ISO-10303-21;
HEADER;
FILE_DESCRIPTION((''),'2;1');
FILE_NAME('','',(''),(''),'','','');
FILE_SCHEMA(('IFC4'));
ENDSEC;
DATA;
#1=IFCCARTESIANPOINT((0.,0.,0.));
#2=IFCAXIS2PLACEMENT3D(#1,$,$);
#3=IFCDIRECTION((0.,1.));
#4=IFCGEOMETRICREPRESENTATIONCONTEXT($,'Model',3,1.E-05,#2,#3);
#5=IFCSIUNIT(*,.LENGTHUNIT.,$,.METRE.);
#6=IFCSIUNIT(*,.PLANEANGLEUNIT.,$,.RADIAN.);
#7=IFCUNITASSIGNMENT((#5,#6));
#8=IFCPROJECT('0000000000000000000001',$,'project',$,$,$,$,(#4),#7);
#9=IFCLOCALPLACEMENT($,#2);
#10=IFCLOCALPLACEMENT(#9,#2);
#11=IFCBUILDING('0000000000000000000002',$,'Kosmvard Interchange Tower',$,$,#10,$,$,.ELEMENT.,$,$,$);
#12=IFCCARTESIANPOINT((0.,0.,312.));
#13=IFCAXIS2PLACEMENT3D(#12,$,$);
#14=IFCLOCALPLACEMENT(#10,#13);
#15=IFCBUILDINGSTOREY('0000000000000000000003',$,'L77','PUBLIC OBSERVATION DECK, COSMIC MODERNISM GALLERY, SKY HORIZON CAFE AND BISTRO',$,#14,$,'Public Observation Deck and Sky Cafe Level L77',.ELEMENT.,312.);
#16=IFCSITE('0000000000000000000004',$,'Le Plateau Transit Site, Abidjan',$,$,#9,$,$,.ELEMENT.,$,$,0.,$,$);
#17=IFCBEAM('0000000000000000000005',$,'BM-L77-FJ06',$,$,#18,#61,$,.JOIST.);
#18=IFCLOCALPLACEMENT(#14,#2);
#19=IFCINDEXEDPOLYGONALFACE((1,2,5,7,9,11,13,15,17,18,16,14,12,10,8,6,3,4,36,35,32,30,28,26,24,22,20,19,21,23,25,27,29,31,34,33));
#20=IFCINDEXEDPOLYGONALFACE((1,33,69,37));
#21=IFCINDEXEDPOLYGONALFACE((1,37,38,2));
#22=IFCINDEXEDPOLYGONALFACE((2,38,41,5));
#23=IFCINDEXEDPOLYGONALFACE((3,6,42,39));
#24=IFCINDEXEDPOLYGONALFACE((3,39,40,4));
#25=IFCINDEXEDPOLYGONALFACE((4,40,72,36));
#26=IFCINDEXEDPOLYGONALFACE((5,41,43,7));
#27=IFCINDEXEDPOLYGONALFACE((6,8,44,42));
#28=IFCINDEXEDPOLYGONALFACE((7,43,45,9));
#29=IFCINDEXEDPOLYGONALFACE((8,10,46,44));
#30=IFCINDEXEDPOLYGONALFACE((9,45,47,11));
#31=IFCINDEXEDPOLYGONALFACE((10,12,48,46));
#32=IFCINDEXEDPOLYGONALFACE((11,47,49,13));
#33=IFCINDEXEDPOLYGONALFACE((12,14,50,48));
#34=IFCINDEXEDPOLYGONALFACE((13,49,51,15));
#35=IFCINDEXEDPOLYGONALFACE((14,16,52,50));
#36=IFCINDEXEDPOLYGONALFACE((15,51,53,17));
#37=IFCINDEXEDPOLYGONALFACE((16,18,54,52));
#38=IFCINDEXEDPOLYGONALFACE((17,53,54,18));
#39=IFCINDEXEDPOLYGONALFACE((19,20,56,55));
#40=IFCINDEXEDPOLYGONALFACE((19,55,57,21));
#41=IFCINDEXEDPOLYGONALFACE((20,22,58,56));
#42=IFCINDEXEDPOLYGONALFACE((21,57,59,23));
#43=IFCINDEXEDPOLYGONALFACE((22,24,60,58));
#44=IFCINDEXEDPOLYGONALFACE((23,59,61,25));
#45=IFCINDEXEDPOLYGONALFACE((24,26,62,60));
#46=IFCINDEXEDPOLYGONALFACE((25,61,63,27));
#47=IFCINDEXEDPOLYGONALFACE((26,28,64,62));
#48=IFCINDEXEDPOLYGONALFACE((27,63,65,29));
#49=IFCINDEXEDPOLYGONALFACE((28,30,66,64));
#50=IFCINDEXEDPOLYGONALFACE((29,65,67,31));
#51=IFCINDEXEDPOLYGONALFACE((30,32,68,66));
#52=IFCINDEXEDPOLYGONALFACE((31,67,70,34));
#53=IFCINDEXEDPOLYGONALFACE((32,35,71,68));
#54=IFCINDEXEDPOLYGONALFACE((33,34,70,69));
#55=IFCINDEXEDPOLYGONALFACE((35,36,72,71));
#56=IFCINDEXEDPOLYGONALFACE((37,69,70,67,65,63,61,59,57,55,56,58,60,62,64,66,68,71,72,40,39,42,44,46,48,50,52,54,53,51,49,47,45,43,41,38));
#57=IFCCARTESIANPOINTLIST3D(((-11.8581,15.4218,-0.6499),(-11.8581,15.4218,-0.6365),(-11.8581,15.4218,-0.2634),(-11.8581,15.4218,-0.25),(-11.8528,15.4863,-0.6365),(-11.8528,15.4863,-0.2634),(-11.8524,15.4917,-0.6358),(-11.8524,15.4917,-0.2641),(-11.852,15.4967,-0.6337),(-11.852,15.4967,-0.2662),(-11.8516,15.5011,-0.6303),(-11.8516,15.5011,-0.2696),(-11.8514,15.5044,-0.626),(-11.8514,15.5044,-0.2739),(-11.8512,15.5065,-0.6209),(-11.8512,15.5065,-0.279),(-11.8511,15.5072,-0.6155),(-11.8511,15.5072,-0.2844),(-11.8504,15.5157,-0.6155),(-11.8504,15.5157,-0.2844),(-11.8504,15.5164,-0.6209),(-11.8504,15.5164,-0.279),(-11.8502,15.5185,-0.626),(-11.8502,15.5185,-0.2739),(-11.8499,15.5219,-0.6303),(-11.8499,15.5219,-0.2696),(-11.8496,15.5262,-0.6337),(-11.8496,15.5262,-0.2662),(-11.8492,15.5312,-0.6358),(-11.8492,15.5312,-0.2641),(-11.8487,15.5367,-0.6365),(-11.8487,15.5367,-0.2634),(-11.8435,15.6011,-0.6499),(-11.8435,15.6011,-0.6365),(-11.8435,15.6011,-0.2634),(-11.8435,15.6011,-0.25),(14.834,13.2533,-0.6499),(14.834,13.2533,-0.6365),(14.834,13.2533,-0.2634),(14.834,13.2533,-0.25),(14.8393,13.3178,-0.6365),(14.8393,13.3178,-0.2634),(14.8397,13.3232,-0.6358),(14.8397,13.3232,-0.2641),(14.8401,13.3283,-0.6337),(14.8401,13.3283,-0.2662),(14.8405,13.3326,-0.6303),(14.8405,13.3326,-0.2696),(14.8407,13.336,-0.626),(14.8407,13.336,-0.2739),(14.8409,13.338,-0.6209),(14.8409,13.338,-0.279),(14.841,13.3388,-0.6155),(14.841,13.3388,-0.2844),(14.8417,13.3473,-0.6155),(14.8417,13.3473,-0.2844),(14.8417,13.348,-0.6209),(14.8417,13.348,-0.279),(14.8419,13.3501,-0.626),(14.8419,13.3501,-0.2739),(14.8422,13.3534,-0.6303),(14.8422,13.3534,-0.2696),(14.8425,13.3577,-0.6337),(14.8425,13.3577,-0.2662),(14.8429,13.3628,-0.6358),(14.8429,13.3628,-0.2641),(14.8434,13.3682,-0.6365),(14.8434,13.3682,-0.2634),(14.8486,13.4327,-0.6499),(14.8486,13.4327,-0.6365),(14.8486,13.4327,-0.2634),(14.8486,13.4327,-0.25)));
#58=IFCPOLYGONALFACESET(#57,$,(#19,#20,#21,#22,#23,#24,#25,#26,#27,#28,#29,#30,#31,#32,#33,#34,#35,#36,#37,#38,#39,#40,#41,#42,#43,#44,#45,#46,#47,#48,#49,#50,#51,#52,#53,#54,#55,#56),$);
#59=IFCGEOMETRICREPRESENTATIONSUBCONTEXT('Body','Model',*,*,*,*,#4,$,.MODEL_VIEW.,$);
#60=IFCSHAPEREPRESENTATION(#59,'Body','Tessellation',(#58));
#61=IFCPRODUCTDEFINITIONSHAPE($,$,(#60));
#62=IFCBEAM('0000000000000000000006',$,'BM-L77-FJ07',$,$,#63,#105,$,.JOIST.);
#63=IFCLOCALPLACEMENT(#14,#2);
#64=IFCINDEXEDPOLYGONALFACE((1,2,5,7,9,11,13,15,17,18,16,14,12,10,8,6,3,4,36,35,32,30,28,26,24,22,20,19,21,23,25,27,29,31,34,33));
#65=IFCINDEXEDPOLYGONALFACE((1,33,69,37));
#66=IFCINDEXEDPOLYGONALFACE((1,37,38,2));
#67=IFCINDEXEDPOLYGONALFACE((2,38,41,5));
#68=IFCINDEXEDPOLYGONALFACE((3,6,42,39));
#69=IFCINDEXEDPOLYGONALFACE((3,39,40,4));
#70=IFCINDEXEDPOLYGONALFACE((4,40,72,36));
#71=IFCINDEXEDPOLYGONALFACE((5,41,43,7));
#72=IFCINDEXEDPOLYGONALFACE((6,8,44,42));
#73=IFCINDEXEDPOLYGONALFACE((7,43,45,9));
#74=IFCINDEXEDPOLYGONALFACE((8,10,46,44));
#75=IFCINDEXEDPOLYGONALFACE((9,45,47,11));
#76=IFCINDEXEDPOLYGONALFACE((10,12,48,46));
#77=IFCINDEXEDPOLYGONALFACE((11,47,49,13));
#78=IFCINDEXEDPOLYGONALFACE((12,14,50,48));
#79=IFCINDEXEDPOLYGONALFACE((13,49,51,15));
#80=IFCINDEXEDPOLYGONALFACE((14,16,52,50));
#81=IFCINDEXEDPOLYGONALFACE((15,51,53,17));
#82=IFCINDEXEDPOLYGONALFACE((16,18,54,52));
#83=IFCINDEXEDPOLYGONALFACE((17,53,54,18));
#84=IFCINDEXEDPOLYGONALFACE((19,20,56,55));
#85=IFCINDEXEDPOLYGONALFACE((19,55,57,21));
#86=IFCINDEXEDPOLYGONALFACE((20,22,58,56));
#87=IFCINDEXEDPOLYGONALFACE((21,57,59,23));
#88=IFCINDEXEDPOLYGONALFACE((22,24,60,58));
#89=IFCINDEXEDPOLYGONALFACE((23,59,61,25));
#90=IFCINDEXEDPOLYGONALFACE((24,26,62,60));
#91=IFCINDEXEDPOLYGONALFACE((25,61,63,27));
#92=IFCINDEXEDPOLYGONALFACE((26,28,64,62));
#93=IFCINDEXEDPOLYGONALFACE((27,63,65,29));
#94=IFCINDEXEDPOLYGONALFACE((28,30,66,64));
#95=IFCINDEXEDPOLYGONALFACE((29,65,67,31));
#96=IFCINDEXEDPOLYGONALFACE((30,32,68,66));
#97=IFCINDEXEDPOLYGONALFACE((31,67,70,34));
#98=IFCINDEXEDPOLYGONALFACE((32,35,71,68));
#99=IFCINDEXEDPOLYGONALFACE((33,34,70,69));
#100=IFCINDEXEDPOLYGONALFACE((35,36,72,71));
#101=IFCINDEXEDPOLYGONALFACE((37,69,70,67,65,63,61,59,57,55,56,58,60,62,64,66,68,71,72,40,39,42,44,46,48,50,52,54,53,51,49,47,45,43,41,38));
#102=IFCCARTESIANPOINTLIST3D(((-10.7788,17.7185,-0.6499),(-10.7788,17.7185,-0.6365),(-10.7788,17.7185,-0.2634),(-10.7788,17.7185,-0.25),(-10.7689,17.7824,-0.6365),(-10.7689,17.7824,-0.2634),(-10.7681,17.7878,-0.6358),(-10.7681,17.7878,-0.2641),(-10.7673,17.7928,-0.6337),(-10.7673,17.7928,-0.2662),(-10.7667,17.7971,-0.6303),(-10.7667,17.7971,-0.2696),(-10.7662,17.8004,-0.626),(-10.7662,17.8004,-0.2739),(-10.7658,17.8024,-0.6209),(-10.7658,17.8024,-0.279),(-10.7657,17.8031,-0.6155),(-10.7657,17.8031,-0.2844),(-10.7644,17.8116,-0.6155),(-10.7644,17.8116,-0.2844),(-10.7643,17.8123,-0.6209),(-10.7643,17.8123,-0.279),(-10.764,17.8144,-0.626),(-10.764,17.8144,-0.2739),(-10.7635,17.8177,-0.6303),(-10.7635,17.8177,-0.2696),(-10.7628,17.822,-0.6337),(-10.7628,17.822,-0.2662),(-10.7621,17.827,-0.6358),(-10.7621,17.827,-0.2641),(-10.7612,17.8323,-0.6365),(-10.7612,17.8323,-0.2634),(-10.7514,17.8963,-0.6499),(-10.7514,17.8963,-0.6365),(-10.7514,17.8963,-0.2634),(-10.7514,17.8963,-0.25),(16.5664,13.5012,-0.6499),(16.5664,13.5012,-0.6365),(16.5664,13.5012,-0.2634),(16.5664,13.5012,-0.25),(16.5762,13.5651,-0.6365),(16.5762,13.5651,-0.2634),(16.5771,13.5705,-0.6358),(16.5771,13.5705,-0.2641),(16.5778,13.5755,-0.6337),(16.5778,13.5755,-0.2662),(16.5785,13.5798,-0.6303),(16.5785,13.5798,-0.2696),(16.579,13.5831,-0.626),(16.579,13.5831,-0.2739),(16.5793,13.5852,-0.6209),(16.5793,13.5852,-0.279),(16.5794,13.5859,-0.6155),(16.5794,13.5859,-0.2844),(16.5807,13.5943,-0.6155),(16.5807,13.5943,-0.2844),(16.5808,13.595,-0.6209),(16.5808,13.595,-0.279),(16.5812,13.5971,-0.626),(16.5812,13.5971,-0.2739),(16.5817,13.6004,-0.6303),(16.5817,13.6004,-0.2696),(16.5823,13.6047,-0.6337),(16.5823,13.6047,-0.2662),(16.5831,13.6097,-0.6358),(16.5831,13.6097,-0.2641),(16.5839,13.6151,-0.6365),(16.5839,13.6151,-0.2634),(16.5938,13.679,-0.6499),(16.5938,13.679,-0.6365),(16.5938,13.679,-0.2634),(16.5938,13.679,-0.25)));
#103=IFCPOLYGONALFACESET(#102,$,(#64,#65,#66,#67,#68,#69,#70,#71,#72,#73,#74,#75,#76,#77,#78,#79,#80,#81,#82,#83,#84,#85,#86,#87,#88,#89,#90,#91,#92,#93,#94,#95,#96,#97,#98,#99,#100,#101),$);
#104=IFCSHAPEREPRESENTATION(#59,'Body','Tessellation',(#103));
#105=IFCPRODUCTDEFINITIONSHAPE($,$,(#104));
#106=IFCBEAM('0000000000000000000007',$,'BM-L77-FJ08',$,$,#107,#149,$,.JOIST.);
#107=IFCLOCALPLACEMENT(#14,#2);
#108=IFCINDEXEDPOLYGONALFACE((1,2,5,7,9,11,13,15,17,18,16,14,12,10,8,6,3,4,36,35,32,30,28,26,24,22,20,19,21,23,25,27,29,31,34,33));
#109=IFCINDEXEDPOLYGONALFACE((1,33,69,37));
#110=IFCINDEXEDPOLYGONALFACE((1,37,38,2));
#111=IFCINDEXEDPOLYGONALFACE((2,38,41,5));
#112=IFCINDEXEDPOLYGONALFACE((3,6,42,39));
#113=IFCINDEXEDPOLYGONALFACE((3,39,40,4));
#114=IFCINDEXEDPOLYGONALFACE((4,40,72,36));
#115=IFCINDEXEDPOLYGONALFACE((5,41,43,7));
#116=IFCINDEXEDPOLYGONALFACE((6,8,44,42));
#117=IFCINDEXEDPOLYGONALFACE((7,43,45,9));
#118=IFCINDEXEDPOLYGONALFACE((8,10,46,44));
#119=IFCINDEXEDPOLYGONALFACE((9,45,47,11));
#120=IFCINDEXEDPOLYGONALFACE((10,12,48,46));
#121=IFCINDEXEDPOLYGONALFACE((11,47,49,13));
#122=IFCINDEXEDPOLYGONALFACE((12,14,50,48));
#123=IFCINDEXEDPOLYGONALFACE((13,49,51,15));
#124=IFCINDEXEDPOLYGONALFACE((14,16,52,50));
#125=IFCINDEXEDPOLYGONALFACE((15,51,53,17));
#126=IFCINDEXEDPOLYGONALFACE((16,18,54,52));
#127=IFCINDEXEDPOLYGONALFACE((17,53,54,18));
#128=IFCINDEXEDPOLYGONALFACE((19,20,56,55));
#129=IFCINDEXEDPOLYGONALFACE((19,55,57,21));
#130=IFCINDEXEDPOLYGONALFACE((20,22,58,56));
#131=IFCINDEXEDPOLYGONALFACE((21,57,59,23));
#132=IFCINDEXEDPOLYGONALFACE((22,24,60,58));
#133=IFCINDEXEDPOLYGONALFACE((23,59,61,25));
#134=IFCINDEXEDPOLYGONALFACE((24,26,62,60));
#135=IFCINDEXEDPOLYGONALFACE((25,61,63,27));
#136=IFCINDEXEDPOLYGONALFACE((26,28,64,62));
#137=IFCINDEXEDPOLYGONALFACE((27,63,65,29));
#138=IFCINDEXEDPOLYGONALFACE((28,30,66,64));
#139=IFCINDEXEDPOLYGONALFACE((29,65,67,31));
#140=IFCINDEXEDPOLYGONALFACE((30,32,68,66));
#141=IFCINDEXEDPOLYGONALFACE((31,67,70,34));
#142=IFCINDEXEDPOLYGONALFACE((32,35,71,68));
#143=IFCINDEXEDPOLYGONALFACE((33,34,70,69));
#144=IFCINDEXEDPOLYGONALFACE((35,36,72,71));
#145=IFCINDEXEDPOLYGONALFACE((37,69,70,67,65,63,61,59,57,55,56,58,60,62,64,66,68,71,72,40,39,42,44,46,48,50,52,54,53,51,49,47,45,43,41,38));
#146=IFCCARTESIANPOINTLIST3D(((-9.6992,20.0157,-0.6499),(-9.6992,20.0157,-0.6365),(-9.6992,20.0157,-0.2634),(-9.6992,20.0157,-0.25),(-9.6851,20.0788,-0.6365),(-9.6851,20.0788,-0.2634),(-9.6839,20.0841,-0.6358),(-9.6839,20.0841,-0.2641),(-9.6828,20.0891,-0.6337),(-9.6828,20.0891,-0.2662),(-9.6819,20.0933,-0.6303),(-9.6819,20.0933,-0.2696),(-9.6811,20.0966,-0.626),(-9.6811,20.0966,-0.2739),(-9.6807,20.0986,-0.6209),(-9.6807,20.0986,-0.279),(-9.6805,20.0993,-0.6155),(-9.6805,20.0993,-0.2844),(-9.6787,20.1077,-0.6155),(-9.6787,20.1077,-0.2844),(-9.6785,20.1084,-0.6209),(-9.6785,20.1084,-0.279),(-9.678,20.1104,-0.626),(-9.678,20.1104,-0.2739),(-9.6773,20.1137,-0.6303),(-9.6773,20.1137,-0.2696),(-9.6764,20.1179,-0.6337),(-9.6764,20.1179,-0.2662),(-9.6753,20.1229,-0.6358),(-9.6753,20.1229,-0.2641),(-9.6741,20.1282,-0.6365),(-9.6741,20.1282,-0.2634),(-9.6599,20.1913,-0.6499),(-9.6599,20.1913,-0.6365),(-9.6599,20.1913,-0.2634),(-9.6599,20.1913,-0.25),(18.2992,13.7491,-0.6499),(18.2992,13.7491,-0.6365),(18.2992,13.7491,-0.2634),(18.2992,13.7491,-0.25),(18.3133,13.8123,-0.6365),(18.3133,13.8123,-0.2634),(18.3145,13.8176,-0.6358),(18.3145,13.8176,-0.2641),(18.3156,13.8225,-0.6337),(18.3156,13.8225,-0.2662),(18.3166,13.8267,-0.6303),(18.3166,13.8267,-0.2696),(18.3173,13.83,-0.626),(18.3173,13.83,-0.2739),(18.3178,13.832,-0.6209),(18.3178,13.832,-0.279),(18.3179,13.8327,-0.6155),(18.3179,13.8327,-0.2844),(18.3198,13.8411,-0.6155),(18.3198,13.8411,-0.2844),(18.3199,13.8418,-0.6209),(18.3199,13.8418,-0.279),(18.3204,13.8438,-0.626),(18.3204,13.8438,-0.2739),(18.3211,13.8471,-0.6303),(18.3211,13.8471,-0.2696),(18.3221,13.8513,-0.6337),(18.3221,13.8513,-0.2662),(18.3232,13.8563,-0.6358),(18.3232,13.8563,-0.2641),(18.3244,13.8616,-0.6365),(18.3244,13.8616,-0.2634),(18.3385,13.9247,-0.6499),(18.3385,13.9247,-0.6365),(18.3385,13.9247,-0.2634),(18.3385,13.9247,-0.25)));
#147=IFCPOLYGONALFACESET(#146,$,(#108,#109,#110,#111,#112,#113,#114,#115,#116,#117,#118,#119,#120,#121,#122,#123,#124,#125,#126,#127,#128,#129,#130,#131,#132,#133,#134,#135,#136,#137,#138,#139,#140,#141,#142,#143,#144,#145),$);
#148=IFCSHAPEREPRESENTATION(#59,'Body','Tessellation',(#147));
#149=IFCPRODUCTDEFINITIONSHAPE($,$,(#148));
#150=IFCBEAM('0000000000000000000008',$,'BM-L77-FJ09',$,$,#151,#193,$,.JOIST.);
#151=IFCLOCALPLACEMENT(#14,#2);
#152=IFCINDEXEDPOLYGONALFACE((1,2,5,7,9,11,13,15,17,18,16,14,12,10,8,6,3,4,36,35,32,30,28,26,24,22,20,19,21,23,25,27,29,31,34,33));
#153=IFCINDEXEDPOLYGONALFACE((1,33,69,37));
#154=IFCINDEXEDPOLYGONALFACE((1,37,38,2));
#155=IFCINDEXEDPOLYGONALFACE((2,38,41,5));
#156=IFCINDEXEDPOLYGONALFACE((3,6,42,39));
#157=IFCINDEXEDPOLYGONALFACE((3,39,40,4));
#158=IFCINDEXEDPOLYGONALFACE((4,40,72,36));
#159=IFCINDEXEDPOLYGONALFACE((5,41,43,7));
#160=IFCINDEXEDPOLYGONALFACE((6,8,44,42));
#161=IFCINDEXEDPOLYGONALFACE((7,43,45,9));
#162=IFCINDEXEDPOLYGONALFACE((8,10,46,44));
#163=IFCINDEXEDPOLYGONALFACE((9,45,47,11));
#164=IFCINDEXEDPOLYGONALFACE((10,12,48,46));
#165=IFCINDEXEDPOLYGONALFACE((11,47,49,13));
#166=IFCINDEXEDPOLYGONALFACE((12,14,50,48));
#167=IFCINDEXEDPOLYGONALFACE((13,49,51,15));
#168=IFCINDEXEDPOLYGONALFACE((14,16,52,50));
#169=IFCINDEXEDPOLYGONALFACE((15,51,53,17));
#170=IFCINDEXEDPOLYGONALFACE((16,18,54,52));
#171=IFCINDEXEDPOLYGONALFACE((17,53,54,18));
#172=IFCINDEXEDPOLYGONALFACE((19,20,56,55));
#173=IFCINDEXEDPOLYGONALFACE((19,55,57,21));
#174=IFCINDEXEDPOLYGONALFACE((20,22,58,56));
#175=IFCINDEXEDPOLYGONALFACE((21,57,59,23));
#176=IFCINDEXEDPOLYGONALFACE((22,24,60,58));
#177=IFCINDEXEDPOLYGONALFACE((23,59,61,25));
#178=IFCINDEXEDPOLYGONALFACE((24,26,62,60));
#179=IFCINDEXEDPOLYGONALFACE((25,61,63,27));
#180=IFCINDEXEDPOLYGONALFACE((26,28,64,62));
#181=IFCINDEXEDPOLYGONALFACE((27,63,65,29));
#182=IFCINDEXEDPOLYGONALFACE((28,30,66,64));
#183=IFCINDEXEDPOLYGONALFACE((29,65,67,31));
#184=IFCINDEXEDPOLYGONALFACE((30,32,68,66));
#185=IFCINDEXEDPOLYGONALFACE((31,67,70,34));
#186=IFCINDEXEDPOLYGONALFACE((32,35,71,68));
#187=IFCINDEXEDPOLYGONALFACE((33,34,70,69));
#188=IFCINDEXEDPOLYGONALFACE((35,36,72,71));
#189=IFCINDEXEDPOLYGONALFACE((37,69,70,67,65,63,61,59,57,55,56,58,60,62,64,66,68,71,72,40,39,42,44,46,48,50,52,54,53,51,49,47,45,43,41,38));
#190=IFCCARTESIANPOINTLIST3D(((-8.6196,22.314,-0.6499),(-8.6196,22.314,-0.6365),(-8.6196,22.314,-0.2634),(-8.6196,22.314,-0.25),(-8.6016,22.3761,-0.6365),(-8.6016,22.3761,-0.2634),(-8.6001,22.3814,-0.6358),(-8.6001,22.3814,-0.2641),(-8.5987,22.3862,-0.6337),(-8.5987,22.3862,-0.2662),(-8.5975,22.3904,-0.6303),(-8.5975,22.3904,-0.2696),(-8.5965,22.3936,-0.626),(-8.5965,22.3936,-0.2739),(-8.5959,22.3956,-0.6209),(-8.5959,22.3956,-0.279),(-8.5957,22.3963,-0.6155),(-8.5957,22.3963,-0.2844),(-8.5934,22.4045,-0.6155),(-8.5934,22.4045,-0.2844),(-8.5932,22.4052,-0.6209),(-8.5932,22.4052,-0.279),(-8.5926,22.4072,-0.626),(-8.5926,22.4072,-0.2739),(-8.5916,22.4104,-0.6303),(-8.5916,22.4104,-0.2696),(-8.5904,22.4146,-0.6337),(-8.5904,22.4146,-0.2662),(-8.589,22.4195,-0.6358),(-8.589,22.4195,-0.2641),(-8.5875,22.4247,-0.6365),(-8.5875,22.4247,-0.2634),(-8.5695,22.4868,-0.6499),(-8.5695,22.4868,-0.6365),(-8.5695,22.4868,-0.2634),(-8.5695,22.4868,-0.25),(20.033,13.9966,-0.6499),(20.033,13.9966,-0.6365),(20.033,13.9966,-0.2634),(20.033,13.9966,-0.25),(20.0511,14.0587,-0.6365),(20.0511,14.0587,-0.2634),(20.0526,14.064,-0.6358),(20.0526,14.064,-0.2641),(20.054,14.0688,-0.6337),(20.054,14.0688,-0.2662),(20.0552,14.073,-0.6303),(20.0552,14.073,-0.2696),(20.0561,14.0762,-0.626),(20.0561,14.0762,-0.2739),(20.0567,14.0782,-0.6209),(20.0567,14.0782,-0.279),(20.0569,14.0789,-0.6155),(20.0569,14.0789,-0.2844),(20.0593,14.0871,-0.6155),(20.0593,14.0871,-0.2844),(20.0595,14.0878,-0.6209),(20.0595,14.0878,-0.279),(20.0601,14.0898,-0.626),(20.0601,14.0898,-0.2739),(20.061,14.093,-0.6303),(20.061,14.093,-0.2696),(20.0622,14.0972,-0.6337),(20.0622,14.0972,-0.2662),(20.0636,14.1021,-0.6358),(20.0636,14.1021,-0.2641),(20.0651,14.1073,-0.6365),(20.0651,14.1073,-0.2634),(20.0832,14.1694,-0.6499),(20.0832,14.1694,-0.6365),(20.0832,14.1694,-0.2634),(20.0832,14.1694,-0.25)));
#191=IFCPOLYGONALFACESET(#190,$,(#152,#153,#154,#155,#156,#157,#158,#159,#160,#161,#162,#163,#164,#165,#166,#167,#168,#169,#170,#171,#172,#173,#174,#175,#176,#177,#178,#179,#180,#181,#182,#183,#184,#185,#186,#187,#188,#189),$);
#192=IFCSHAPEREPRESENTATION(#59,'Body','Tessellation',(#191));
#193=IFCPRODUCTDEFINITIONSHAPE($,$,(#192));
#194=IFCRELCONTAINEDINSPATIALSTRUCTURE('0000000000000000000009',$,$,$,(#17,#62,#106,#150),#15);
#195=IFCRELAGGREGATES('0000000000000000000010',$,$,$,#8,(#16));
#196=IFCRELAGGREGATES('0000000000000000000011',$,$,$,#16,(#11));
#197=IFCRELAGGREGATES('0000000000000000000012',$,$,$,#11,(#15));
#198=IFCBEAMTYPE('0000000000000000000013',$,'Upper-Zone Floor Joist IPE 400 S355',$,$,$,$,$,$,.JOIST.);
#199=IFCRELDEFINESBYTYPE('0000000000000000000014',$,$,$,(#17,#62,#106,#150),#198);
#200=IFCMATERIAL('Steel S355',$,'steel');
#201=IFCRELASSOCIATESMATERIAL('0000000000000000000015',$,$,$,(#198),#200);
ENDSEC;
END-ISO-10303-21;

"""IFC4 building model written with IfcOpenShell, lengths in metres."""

from ifc_helpers import new_model, si_unit, direction, frame, origin, origin_2d, place, context, subcontext, project, spatial, i_section, extrude, source, transform, mapped, material, material_profile, profile_set, type_object, element, save


model = new_model("IFC4")

# Units and contexts
model_context = context("Model", 3, precision=1e-05, world=origin(), true_north=direction((0.0, 1.0)))
body_context = subcontext(model_context, "Body", "Model", "MODEL_VIEW")
ifc_project = project(units=[si_unit("LENGTHUNIT", "METRE"), si_unit("PLANEANGLEUNIT", "RADIAN")], contexts=[model_context])

# Site, building, storey
site_placement = place(None, origin())
site = spatial("IfcSite", under=ifc_project, at=site_placement, Name="Le Plateau Transit Site, Abidjan", CompositionType="ELEMENT", RefElevation=0.0)
building_placement = place(site_placement, origin())
building = spatial("IfcBuilding", under=site, at=building_placement, Name="Kosmvard Interchange Tower", CompositionType="ELEMENT")
storey_placement = place(building_placement, frame((0.0, 0.0, 312.0)))
storey = spatial("IfcBuildingStorey", under=building, at=storey_placement, Name="L77", Description="PUBLIC OBSERVATION DECK, COSMIC MODERNISM GALLERY, SKY HORIZON CAFE AND BISTRO", LongName="Public Observation Deck and Sky Cafe Level L77", CompositionType="ELEMENT", Elevation=312.0)

# Beams
ifc_material_1 = material(Name="Steel S355", Category="steel")
ifc_material_profile_1 = material_profile(ifc_material_1, i_section(OverallWidth=0.1799, OverallDepth=0.3999, WebThickness=0.0085, FlangeThickness=0.0134, FilletRadius=0.021, at=origin_2d()), Name="IPE 400")
ifc_profile_set_1 = profile_set([ifc_material_profile_1], Name="Steel S355")
beam_type_1 = type_object("IfcBeamType", Name="Upper-Zone Floor Joist IPE 400 S355", PredefinedType="JOIST", material=ifc_profile_set_1)
shared_shape_1 = source(origin(), body_context, "Body", "SweptSolid", [
    extrude(i_section(OverallWidth=0.1799, OverallDepth=0.3999, WebThickness=0.0085, FlangeThickness=0.0134, FilletRadius=0.021, at=origin_2d()), origin(), (0.0, 0.0, 1.0), 26.78),
])
beam_1_placement = place(storey_placement, frame((14.8413, 13.343, -0.45), z_axis=(-0.996716, 0.080973, 0.0), x_axis=(-0.080973, -0.996716, 0.0)))
element("IfcBeam", 1, at=beam_1_placement, inside=storey, type_object=beam_type_1, Name="BM-L77-FJ06", PredefinedType="JOIST", context=body_context, shape_type="MappedRepresentation", body=[
    mapped(shared_shape_1, transform((0.0, 0.0, 0.0), scale=1.0)),
])
shared_shape_2 = source(origin(), body_context, "Body", "SweptSolid", [
    extrude(i_section(OverallWidth=0.1799, OverallDepth=0.3999, WebThickness=0.0085, FlangeThickness=0.0134, FilletRadius=0.021, at=origin_2d()), origin(), (0.0, 0.0, 1.0), 27.6685),
])
beam_2_placement = place(storey_placement, frame((16.5801, 13.5901, -0.45), z_axis=(-0.988316, 0.152422, 0.0), x_axis=(-0.152422, -0.988316, 0.0)))
element("IfcBeam", 2, at=beam_2_placement, inside=storey, type_object=beam_type_1, Name="BM-L77-FJ07", PredefinedType="JOIST", context=body_context, shape_type="MappedRepresentation", body=[
    mapped(shared_shape_2, transform((0.0, 0.0, 0.0), scale=1.0)),
])
shared_shape_3 = source(origin(), body_context, "Body", "SweptSolid", [
    extrude(i_section(OverallWidth=0.1799, OverallDepth=0.3999, WebThickness=0.0085, FlangeThickness=0.0134, FilletRadius=0.021, at=origin_2d()), origin(), (0.0, 0.0, 1.0), 28.6912),
])
beam_3_placement = place(storey_placement, frame((18.3188, 13.8369, -0.45), z_axis=(-0.975856, 0.218415, 0.0), x_axis=(-0.218415, -0.975856, 0.0)))
element("IfcBeam", 3, at=beam_3_placement, inside=storey, type_object=beam_type_1, Name="BM-L77-FJ08", PredefinedType="JOIST", context=body_context, shape_type="MappedRepresentation", body=[
    mapped(shared_shape_3, transform((0.0, 0.0, 0.0), scale=1.0)),
])
shared_shape_4 = source(origin(), body_context, "Body", "SweptSolid", [
    extrude(i_section(OverallWidth=0.1799, OverallDepth=0.3999, WebThickness=0.0085, FlangeThickness=0.0134, FilletRadius=0.021, at=origin_2d()), origin(), (0.0, 0.0, 1.0), 29.8354),
])
beam_4_placement = place(storey_placement, frame((20.0581, 14.083, -0.45), z_axis=(-0.960356, 0.278776, 0.0), x_axis=(-0.278776, -0.960356, 0.0)))
element("IfcBeam", 4, at=beam_4_placement, inside=storey, type_object=beam_type_1, Name="BM-L77-FJ09", PredefinedType="JOIST", context=body_context, shape_type="MappedRepresentation", body=[
    mapped(shared_shape_4, transform((0.0, 0.0, 0.0), scale=1.0)),
])

save(model, "model.ifc")
